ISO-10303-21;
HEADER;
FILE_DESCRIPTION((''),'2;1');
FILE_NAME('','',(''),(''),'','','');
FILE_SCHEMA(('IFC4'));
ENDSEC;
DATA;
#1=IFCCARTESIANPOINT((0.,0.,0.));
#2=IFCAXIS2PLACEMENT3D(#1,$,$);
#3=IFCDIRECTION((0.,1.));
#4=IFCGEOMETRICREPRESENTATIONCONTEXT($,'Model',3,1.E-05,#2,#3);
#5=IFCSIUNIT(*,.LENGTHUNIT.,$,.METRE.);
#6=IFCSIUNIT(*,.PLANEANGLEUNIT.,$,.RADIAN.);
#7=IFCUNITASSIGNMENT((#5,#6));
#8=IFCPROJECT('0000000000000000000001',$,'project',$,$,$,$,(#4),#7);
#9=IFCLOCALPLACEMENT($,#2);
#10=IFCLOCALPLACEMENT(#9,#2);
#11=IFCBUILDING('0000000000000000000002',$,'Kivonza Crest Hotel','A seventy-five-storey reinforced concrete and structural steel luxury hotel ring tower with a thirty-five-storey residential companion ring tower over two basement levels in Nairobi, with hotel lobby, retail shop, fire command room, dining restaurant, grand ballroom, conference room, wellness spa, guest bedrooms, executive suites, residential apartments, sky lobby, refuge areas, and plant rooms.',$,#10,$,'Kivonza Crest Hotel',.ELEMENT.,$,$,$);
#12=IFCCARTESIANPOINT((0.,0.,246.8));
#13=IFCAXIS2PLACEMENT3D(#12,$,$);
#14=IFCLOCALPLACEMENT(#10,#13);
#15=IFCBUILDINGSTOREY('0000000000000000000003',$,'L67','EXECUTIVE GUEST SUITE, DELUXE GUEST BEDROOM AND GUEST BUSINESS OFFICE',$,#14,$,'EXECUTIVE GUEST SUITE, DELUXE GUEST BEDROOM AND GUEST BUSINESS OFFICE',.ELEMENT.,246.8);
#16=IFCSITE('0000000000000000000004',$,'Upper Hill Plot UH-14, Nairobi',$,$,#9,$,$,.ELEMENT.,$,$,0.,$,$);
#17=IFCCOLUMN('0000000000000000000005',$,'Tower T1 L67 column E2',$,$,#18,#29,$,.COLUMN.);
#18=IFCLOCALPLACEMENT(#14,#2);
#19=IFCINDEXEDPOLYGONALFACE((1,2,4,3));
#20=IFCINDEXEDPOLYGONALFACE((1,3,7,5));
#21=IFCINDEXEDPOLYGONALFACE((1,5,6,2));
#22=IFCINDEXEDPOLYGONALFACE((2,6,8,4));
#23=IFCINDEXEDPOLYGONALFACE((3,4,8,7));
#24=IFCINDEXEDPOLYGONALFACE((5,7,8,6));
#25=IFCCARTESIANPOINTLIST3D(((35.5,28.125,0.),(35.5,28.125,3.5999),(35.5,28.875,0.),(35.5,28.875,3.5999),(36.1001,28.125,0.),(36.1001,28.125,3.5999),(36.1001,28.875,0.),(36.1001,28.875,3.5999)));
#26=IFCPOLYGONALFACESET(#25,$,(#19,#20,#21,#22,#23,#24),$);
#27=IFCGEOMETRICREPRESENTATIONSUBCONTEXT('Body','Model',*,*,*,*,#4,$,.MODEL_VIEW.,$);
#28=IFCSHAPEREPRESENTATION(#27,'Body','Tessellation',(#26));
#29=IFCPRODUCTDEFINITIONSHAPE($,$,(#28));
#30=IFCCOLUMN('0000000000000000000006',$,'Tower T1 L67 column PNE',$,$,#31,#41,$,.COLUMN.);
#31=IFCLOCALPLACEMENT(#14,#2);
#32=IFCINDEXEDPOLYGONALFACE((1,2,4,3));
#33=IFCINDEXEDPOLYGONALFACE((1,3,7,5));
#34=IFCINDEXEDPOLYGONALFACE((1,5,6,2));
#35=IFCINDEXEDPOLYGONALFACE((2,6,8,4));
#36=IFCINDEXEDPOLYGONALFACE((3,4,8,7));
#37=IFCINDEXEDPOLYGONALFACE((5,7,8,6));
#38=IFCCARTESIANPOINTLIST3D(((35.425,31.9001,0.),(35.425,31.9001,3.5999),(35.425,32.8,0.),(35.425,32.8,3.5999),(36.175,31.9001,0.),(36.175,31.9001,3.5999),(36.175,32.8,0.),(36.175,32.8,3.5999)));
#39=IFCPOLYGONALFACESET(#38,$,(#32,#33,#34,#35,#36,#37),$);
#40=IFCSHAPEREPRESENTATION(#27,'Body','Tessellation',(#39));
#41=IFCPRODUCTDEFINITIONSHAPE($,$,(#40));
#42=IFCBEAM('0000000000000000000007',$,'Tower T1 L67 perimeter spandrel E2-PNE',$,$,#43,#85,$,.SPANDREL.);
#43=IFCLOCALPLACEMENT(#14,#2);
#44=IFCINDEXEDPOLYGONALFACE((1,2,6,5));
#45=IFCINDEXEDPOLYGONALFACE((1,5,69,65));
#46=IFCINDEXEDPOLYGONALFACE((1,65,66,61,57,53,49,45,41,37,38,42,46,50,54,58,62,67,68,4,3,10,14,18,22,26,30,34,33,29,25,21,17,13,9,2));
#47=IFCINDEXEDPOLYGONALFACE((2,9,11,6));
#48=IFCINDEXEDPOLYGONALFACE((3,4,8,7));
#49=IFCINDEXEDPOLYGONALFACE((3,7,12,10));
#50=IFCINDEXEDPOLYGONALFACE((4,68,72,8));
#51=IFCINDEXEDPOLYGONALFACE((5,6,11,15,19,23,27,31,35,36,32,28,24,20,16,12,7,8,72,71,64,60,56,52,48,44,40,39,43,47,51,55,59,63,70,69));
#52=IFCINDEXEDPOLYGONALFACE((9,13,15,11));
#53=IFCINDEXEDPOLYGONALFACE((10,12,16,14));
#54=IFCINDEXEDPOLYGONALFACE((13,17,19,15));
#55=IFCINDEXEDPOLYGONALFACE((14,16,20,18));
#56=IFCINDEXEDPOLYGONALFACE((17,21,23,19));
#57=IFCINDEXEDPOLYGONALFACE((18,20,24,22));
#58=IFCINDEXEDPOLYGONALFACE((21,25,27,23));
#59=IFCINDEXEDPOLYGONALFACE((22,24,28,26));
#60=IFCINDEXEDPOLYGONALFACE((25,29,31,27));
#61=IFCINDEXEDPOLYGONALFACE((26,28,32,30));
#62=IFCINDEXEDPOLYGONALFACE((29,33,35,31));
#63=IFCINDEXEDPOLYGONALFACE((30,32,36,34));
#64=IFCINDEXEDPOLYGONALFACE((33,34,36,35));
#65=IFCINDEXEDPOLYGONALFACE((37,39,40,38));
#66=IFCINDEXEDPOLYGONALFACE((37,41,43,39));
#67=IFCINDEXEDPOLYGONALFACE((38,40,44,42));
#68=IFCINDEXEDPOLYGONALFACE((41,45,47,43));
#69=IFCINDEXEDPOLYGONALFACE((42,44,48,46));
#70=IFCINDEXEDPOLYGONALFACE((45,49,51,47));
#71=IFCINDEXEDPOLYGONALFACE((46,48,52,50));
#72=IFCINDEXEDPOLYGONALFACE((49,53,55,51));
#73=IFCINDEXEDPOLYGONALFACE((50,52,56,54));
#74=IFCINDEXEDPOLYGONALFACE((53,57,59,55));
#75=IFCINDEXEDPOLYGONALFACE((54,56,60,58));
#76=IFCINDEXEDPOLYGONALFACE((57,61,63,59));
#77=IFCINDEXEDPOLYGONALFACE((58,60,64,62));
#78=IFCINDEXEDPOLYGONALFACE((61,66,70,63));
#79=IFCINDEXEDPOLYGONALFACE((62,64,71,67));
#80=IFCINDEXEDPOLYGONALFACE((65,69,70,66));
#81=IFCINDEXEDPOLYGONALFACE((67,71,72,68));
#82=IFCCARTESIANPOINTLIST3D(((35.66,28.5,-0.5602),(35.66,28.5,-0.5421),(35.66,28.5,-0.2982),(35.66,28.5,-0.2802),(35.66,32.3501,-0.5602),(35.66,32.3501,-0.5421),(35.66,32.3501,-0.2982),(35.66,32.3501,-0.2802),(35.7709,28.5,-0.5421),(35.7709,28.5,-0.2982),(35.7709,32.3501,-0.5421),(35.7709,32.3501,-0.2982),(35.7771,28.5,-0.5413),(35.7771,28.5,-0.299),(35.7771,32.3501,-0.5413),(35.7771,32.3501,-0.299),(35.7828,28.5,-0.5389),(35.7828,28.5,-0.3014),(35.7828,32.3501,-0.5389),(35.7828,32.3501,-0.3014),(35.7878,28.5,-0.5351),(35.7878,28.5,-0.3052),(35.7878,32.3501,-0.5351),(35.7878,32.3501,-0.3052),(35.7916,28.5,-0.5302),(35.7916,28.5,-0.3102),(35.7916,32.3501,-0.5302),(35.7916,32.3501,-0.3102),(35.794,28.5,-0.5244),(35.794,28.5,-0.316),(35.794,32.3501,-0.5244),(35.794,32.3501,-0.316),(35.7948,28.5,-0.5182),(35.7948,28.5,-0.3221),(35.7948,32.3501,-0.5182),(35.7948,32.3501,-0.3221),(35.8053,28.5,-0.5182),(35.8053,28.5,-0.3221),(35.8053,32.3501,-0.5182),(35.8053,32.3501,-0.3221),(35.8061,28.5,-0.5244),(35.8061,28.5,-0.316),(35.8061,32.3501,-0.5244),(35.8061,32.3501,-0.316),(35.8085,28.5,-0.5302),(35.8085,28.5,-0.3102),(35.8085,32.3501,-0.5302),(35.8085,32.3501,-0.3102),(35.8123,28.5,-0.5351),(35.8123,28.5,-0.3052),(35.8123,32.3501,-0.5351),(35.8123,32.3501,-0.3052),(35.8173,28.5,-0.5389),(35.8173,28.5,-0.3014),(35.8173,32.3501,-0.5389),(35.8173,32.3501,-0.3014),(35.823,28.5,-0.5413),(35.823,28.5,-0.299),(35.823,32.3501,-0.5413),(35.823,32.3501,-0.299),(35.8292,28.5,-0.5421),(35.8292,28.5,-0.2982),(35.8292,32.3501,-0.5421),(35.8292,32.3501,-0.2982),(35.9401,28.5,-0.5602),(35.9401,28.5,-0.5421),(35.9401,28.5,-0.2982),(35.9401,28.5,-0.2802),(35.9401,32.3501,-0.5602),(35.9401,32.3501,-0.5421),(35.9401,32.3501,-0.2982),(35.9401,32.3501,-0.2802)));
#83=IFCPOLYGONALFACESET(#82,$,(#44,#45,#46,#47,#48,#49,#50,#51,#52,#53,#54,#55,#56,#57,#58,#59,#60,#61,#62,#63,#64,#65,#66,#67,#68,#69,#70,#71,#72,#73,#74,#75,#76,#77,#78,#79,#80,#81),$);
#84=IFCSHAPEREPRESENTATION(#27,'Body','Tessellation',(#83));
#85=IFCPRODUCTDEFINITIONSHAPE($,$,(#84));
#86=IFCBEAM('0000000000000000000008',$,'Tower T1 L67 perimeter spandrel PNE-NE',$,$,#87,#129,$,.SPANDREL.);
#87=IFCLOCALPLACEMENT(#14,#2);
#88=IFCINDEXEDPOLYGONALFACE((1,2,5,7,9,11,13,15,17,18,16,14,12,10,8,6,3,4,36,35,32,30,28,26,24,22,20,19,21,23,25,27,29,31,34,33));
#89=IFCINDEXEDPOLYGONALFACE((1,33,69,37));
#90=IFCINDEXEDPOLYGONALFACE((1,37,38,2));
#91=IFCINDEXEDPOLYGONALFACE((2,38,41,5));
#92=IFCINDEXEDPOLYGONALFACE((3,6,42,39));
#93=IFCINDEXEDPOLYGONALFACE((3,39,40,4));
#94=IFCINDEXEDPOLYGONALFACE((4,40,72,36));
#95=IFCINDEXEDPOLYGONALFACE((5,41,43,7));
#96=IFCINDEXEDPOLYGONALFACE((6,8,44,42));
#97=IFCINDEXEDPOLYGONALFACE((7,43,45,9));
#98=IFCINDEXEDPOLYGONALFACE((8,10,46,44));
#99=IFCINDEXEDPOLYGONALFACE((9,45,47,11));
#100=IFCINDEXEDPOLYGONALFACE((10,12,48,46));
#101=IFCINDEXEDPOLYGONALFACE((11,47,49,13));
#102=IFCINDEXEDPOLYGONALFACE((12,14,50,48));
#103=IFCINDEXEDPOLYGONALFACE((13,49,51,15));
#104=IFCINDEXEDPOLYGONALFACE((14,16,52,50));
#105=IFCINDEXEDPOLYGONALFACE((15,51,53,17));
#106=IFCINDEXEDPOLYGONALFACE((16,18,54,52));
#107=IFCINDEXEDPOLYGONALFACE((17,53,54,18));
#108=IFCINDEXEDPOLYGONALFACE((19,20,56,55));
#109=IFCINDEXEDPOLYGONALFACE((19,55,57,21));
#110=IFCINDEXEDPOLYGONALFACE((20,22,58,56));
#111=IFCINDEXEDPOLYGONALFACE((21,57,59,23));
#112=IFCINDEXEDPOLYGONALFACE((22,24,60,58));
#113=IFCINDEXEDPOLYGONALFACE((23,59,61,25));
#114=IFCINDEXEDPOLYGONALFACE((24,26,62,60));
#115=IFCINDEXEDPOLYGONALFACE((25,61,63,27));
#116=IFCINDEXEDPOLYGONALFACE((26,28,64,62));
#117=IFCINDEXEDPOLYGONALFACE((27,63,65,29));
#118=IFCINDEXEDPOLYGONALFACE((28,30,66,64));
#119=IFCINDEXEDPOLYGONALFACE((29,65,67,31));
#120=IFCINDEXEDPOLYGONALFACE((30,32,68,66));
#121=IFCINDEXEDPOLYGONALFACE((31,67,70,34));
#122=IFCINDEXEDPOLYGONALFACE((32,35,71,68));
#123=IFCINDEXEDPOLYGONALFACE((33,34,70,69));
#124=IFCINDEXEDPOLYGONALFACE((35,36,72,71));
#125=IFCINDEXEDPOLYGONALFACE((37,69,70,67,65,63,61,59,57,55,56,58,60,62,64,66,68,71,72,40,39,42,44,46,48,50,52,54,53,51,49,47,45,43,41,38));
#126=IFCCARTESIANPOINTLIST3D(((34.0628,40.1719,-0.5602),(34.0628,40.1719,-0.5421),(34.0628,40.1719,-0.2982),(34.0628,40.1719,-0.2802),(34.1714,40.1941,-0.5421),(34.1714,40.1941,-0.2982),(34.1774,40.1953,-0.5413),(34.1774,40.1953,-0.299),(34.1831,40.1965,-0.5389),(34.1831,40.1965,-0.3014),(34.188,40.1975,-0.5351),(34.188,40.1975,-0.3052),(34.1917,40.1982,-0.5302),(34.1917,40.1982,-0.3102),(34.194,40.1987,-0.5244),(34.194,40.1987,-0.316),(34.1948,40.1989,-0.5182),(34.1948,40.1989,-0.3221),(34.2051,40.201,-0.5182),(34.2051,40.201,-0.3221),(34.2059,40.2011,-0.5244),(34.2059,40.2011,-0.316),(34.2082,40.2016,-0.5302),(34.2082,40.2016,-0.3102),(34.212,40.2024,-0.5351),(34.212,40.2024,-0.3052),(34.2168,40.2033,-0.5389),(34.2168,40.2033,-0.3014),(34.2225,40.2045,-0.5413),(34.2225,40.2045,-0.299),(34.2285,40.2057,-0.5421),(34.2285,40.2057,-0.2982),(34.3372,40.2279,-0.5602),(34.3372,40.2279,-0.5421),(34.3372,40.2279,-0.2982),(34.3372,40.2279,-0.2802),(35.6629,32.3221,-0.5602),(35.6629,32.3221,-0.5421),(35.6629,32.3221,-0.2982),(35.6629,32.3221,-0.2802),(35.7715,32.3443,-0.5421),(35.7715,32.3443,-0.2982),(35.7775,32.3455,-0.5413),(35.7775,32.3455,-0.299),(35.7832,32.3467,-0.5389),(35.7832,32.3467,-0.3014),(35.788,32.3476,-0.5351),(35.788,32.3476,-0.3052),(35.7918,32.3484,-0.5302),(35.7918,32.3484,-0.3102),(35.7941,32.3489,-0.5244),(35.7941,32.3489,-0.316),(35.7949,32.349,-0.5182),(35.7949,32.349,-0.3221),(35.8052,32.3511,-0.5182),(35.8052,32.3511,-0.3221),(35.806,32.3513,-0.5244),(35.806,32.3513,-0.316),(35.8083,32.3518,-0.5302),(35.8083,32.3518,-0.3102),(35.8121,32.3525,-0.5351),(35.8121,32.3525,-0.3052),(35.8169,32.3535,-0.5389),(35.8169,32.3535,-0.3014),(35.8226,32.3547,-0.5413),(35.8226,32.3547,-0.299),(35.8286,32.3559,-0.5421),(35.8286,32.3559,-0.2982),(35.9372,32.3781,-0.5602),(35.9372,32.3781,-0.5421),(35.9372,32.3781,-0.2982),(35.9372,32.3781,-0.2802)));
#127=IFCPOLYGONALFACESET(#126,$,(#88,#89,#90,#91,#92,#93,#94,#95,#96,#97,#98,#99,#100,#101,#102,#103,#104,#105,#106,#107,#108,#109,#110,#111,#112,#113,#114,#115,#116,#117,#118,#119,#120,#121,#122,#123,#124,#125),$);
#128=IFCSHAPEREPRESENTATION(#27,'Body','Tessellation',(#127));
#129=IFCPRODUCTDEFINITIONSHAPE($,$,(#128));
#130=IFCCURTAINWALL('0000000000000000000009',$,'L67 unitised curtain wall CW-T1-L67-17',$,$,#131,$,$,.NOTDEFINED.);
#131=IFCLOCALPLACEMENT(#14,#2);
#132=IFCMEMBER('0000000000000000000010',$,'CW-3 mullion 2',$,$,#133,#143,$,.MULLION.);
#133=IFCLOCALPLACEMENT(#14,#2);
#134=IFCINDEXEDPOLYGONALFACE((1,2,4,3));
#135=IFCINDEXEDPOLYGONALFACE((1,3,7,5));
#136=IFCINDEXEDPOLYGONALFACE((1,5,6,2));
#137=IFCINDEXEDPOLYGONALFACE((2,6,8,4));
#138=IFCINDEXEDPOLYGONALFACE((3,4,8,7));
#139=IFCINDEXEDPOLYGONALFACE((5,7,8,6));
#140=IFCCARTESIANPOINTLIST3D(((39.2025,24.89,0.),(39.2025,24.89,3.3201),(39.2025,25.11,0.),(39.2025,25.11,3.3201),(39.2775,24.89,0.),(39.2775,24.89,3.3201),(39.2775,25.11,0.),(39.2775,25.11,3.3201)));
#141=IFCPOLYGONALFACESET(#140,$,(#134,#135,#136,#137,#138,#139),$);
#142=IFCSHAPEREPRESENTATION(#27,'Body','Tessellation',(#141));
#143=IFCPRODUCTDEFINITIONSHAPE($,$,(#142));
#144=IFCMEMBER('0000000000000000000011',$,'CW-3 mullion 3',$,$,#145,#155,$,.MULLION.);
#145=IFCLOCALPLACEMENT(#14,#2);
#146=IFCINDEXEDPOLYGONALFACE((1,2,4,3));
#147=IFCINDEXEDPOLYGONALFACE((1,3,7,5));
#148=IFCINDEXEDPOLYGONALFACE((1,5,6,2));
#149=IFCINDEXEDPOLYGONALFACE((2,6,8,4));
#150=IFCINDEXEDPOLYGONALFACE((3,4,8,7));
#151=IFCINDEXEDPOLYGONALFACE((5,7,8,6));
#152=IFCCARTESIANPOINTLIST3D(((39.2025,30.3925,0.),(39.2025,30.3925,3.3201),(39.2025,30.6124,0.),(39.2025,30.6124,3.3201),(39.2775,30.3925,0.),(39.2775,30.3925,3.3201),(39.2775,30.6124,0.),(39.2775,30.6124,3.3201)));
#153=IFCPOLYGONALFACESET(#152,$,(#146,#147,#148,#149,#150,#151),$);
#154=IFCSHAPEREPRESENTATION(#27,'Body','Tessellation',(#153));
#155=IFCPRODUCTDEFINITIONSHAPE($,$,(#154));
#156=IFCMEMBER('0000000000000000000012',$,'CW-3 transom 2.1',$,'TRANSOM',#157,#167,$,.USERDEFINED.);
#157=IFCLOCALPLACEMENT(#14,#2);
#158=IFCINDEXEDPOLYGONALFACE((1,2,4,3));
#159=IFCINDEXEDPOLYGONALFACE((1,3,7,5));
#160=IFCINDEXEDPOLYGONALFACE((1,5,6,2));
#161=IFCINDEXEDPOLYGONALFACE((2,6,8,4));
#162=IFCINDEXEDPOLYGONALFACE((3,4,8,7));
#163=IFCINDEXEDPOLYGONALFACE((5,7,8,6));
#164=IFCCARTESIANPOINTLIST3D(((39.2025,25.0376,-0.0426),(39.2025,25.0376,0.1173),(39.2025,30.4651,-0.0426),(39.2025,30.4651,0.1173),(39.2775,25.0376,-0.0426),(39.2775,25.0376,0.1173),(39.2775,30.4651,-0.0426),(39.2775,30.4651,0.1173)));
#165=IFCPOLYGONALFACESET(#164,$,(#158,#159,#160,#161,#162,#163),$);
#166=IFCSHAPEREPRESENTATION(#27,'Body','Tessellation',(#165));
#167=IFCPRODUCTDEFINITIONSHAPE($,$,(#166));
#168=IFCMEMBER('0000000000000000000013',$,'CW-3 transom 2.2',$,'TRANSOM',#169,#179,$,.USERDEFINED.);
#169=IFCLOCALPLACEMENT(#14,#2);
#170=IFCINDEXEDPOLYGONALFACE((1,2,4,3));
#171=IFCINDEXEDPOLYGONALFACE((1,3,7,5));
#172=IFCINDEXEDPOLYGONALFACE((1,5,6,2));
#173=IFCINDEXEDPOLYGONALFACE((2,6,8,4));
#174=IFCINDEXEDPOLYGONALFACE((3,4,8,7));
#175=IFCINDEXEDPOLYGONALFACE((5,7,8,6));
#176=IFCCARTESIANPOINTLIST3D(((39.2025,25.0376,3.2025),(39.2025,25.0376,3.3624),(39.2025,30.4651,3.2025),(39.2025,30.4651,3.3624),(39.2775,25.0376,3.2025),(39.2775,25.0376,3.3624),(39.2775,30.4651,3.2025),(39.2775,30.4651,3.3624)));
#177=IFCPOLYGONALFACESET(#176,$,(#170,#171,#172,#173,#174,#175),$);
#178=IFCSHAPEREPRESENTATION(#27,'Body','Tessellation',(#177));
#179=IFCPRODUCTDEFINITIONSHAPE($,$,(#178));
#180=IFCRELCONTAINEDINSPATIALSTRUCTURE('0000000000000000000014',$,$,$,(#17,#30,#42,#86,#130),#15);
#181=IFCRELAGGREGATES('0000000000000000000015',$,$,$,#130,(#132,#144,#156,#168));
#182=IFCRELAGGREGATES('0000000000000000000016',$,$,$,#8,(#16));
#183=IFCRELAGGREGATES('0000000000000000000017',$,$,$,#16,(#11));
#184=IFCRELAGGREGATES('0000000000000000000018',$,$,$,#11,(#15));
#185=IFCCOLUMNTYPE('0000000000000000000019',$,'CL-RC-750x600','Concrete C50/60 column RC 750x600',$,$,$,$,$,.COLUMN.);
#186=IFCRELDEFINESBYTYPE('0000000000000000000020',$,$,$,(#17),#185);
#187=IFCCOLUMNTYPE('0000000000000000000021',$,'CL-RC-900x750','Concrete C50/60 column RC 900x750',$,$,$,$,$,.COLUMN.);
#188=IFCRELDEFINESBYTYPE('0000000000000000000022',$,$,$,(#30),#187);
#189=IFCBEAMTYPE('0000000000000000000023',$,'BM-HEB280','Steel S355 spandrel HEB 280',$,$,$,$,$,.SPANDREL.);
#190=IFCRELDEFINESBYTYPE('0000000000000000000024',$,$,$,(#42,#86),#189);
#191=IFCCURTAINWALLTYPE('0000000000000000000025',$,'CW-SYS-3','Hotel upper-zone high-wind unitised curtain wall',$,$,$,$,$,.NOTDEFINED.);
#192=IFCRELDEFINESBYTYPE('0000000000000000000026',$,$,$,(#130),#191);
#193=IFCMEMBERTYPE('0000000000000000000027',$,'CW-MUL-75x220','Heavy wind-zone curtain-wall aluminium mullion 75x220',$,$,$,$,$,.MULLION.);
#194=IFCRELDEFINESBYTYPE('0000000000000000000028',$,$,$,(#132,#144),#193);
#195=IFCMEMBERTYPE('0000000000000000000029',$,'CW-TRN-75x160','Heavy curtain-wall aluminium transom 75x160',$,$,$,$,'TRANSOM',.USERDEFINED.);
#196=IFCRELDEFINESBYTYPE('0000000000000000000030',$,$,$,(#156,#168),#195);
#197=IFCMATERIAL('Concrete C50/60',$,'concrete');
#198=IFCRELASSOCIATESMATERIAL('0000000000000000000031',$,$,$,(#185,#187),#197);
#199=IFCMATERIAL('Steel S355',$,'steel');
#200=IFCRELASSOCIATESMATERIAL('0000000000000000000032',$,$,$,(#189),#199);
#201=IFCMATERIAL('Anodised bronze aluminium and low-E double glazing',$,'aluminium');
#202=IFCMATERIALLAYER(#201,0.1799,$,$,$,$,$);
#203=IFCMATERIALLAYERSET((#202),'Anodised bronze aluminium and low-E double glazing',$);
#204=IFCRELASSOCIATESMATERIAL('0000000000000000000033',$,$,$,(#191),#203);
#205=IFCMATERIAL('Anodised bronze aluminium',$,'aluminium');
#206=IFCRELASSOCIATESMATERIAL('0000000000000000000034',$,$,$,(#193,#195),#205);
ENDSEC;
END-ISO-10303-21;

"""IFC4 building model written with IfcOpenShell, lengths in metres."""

from ifc_helpers import new_model, si_unit, direction, frame, origin, origin_2d, place, context, subcontext, project, spatial, rectangle, i_section, extrude, material, layer, layer_set, material_profile, profile_set, type_object, element, aggregate, save


model = new_model("IFC4")

# Units and contexts
model_context = context("Model", 3, precision=1e-05, world=origin(), true_north=direction((0.0, 1.0)))
body_context = subcontext(model_context, "Body", "Model", "MODEL_VIEW")
ifc_project = project(units=[si_unit("LENGTHUNIT", "METRE"), si_unit("PLANEANGLEUNIT", "RADIAN")], contexts=[model_context])

# Site, building, storey
site_placement = place(None, origin())
site = spatial("IfcSite", under=ifc_project, at=site_placement, Name="Upper Hill Plot UH-14, Nairobi", CompositionType="ELEMENT", RefElevation=0.0)
building_placement = place(site_placement, origin())
building = spatial("IfcBuilding", under=site, at=building_placement, Name="Kivonza Crest Hotel", Description="A seventy-five-storey reinforced concrete and structural steel luxury hotel ring tower with a thirty-five-storey residential companion ring tower over two basement levels in Nairobi, with hotel lobby, retail shop, fire command room, dining restaurant, grand ballroom, conference room, wellness spa, guest bedrooms, executive suites, residential apartments, sky lobby, refuge areas, and plant rooms.", LongName="Kivonza Crest Hotel", CompositionType="ELEMENT")
storey_placement = place(building_placement, frame((0.0, 0.0, 246.8)))
storey = spatial("IfcBuildingStorey", under=building, at=storey_placement, Name="L67", Description="EXECUTIVE GUEST SUITE, DELUXE GUEST BEDROOM AND GUEST BUSINESS OFFICE", LongName="EXECUTIVE GUEST SUITE, DELUXE GUEST BEDROOM AND GUEST BUSINESS OFFICE", CompositionType="ELEMENT", Elevation=246.8)

# Columns
ifc_material_1 = material(Name="Concrete C50/60", Category="concrete")
ifc_material_profile_1 = material_profile(ifc_material_1, rectangle(XDim=0.6001, YDim=0.75, at=origin_2d()), Name="RC 750x600")
ifc_profile_set_1 = profile_set([ifc_material_profile_1], Name="Concrete C50/60")
column_type_1 = type_object("IfcColumnType", Name="CL-RC-750x600", Description="Concrete C50/60 column RC 750x600", PredefinedType="COLUMN", material=ifc_profile_set_1)
column_1_placement = place(storey_placement, frame((35.8, 28.5, 0.0), z_axis=(0.0, 0.0, 1.0), x_axis=(1.0, 0.0, 0.0)))
element("IfcColumn", 1, at=column_1_placement, inside=storey, type_object=column_type_1, Name="Tower T1 L67 column E2", PredefinedType="COLUMN", context=body_context, shape_type="SweptSolid", body=[
    extrude(rectangle(XDim=0.6001, YDim=0.75, at=origin_2d()), origin(), (0.0, 0.0, 1.0), 3.5999),
])
ifc_material_profile_2 = material_profile(ifc_material_1, rectangle(XDim=0.75, YDim=0.8999, at=origin_2d()), Name="RC 900x750")
ifc_profile_set_2 = profile_set([ifc_material_profile_2], Name="Concrete C50/60")
column_type_2 = type_object("IfcColumnType", Name="CL-RC-900x750", Description="Concrete C50/60 column RC 900x750", PredefinedType="COLUMN", material=ifc_profile_set_2)
column_2_placement = place(storey_placement, frame((35.8, 32.3501, 0.0), z_axis=(0.0, 0.0, 1.0), x_axis=(1.0, 0.0, 0.0)))
element("IfcColumn", 2, at=column_2_placement, inside=storey, type_object=column_type_2, Name="Tower T1 L67 column PNE", PredefinedType="COLUMN", context=body_context, shape_type="SweptSolid", body=[
    extrude(rectangle(XDim=0.75, YDim=0.8999, at=origin_2d()), origin(), (0.0, 0.0, 1.0), 3.5999),
])

# Beams
ifc_material_2 = material(Name="Steel S355", Category="steel")
ifc_material_profile_3 = material_profile(ifc_material_2, i_section(OverallWidth=0.28, OverallDepth=0.28, WebThickness=0.0105, FlangeThickness=0.0181, FilletRadius=0.0239, at=origin_2d()), Name="HEB 280")
ifc_profile_set_3 = profile_set([ifc_material_profile_3], Name="Steel S355")
beam_type = type_object("IfcBeamType", Name="BM-HEB280", Description="Steel S355 spandrel HEB 280", PredefinedType="SPANDREL", material=ifc_profile_set_3)
beam_1_placement = place(storey_placement, frame((35.8, 28.5, -0.4202), z_axis=(0.0, 1.0, 0.0), x_axis=(-1.0, 0.0, 0.0)))
element("IfcBeam", 3, at=beam_1_placement, inside=storey, type_object=beam_type, Name="Tower T1 L67 perimeter spandrel E2-PNE", PredefinedType="SPANDREL", context=body_context, shape_type="SweptSolid", body=[
    extrude(i_section(OverallWidth=0.28, OverallDepth=0.28, WebThickness=0.0105, FlangeThickness=0.0181, FilletRadius=0.0239, at=origin_2d()), origin(), (0.0, 0.0, 1.0), 3.8501),
])
beam_2_placement = place(storey_placement, frame((35.8, 32.3501, -0.4202), z_axis=(-0.199731, 0.979851, 0.0), x_axis=(-0.979851, -0.199731, 0.0)))
element("IfcBeam", 4, at=beam_2_placement, inside=storey, type_object=beam_type, Name="Tower T1 L67 perimeter spandrel PNE-NE", PredefinedType="SPANDREL", context=body_context, shape_type="SweptSolid", body=[
    extrude(i_section(OverallWidth=0.28, OverallDepth=0.28, WebThickness=0.0105, FlangeThickness=0.0181, FilletRadius=0.0239, at=origin_2d()), origin(), (0.0, 0.0, 1.0), 8.0112),
])

# Curtain wall, members
ifc_material_3 = material(Name="Anodised bronze aluminium and low-E double glazing", Category="aluminium")
ifc_layer_1 = layer(ifc_material_3, 0.1799)
ifc_layer_set_1 = layer_set([ifc_layer_1], Name="Anodised bronze aluminium and low-E double glazing")
curtain_wall_type = type_object("IfcCurtainWallType", Name="CW-SYS-3", Description="Hotel upper-zone high-wind unitised curtain wall", PredefinedType="NOTDEFINED", material=ifc_layer_set_1)
curtain_wall_placement = place(storey_placement, origin())
curtain_wall = element("IfcCurtainWall", 5, at=curtain_wall_placement, inside=storey, type_object=curtain_wall_type, Name="L67 unitised curtain wall CW-T1-L67-17", PredefinedType="NOTDEFINED")
ifc_material_4 = material(Name="Anodised bronze aluminium", Category="aluminium")
ifc_material_profile_4 = material_profile(ifc_material_4, rectangle(XDim=0.075, YDim=0.22, at=origin_2d()), Name="CW-M 75x220")
ifc_profile_set_4 = profile_set([ifc_material_profile_4], Name="Anodised bronze aluminium")
member_type_1 = type_object("IfcMemberType", Name="CW-MUL-75x220", Description="Heavy wind-zone curtain-wall aluminium mullion 75x220", PredefinedType="MULLION", material=ifc_profile_set_4)
member_1_placement = place(storey_placement, frame((39.24, 25.0, 0.0), z_axis=(0.0, 0.0, 1.0), x_axis=(-1.0, 0.0, 0.0)))
member_1 = element("IfcMember", 6, at=member_1_placement, type_object=member_type_1, Name="CW-3 mullion 2", PredefinedType="MULLION", context=body_context, shape_type="SweptSolid", body=[
    extrude(rectangle(XDim=0.075, YDim=0.22, at=origin_2d()), origin(), (0.0, 0.0, 1.0), 3.3201),
])
member_2_placement = place(storey_placement, frame((39.24, 30.5024, 0.0), z_axis=(0.0, 0.0, 1.0), x_axis=(-1.0, 0.0, 0.0)))
member_2 = element("IfcMember", 7, at=member_2_placement, type_object=member_type_1, Name="CW-3 mullion 3", PredefinedType="MULLION", context=body_context, shape_type="SweptSolid", body=[
    extrude(rectangle(XDim=0.075, YDim=0.22, at=origin_2d()), origin(), (0.0, 0.0, 1.0), 3.3201),
])
ifc_material_profile_5 = material_profile(ifc_material_4, rectangle(XDim=0.075, YDim=0.1599, at=origin_2d()), Name="CW-T 75x160")
ifc_profile_set_5 = profile_set([ifc_material_profile_5], Name="Anodised bronze aluminium")
member_type_2 = type_object("IfcMemberType", Name="CW-TRN-75x160", Description="Heavy curtain-wall aluminium transom 75x160", ElementType="TRANSOM", PredefinedType="USERDEFINED", material=ifc_profile_set_5)
member_3_placement = place(storey_placement, frame((39.24, 25.0376, 0.0374), z_axis=(0.0, 1.0, 0.0), x_axis=(-1.0, 0.0, 0.0)))
member_3 = element("IfcMember", 8, at=member_3_placement, type_object=member_type_2, Name="CW-3 transom 2.1", ObjectType="TRANSOM", PredefinedType="USERDEFINED", context=body_context, shape_type="SweptSolid", body=[
    extrude(rectangle(XDim=0.075, YDim=0.1599, at=origin_2d()), origin(), (0.0, 0.0, 1.0), 5.4275),
])
member_4_placement = place(storey_placement, frame((39.24, 25.0376, 3.2825), z_axis=(0.0, 1.0, 0.0), x_axis=(-1.0, 0.0, 0.0)))
member_4 = element("IfcMember", 9, at=member_4_placement, type_object=member_type_2, Name="CW-3 transom 2.2", ObjectType="TRANSOM", PredefinedType="USERDEFINED", context=body_context, shape_type="SweptSolid", body=[
    extrude(rectangle(XDim=0.075, YDim=0.1599, at=origin_2d()), origin(), (0.0, 0.0, 1.0), 5.4275),
])
aggregate(curtain_wall, [member_1, member_2, member_3, member_4])

save(model, "model.ifc")
